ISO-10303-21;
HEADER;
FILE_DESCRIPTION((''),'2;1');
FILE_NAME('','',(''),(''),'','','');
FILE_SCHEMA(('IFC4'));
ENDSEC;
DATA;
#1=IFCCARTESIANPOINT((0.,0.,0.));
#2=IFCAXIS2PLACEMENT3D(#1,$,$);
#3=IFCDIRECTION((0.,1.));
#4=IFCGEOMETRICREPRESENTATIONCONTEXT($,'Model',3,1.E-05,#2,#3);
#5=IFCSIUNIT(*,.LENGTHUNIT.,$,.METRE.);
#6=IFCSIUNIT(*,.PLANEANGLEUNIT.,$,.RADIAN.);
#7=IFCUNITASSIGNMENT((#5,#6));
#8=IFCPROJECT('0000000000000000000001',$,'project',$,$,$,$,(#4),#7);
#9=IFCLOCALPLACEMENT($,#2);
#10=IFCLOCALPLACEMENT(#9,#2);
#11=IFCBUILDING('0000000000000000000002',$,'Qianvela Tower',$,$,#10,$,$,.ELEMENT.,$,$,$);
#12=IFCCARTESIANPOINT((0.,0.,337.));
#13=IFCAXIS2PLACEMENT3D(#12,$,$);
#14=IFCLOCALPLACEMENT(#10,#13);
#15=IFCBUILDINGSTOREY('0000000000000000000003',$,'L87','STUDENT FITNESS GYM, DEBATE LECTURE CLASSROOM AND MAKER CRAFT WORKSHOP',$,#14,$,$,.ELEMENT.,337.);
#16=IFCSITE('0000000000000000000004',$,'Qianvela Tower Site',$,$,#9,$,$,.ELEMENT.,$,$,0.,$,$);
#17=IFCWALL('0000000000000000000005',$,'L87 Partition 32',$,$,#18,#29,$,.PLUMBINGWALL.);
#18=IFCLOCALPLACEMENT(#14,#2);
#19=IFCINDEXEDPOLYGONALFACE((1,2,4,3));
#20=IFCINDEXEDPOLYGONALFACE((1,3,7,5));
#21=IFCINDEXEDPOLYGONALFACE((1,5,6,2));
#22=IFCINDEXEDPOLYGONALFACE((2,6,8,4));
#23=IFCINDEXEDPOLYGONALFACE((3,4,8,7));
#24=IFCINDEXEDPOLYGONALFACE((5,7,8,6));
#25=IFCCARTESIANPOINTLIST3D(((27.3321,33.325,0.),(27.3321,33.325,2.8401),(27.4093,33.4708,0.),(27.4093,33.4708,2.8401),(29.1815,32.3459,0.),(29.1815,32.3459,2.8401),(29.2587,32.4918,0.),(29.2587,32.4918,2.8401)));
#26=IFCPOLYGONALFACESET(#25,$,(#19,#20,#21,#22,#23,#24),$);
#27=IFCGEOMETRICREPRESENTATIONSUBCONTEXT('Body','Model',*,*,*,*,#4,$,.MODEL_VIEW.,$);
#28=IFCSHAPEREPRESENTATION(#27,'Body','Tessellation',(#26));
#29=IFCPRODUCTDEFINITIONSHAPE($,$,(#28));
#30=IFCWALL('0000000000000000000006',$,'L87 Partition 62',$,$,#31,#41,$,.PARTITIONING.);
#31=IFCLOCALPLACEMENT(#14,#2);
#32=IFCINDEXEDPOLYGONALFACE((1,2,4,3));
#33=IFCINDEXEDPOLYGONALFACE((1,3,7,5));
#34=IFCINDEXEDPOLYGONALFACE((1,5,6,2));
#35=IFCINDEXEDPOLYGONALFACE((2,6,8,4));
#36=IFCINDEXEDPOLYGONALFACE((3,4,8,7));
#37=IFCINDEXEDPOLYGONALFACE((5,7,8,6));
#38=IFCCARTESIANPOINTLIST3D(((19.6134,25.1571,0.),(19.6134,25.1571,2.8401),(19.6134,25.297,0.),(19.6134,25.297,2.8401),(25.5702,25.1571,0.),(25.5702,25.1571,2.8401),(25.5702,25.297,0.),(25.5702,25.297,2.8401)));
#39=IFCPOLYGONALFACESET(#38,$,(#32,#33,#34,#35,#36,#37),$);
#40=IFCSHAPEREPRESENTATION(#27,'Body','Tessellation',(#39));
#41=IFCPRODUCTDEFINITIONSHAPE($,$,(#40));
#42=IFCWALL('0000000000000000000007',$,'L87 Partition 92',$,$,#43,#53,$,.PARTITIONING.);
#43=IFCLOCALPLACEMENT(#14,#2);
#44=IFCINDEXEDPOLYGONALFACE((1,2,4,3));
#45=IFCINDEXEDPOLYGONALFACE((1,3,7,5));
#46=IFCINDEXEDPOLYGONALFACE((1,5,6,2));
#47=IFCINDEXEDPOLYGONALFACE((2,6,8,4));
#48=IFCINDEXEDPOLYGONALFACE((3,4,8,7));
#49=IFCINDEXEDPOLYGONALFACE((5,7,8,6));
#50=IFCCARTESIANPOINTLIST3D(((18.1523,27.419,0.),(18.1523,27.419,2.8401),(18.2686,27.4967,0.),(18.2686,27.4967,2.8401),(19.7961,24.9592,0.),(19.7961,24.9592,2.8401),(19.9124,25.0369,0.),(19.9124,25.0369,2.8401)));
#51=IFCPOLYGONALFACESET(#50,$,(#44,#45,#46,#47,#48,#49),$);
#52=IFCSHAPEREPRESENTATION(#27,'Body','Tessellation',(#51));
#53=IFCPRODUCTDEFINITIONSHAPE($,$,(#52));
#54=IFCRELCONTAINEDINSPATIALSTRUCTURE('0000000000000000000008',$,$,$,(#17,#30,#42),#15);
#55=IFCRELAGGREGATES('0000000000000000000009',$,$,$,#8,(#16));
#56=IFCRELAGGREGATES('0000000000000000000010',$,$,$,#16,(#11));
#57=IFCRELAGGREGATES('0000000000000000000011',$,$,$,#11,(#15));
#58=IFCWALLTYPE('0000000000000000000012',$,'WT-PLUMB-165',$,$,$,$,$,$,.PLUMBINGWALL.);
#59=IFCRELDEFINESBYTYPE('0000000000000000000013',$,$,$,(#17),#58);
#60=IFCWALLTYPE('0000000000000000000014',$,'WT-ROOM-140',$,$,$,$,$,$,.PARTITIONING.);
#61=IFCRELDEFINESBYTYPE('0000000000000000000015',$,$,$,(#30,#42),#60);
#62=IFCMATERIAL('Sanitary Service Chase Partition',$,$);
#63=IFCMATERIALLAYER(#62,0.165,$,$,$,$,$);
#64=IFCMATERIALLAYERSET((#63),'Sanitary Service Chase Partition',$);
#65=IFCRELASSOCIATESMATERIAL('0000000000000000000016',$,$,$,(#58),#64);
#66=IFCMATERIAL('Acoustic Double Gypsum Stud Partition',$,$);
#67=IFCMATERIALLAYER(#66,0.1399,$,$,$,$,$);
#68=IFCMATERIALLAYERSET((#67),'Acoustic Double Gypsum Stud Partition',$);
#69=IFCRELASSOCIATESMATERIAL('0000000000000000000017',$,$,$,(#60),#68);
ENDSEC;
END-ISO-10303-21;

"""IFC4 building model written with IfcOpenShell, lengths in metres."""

from ifc_helpers import new_model, si_unit, direction, frame, frame_2d, origin, place, context, subcontext, project, spatial, rectangle, extrude, material, layer, layer_set, type_object, element, save


model = new_model("IFC4")

# Units and contexts
model_context = context("Model", 3, precision=1e-05, world=origin(), true_north=direction((0.0, 1.0)))
body_context = subcontext(model_context, "Body", "Model", "MODEL_VIEW")
ifc_project = project(units=[si_unit("LENGTHUNIT", "METRE"), si_unit("PLANEANGLEUNIT", "RADIAN")], contexts=[model_context])

# Site, building, storey
site_placement = place(None, origin())
site = spatial("IfcSite", under=ifc_project, at=site_placement, Name="Qianvela Tower Site", CompositionType="ELEMENT", RefElevation=0.0)
building_placement = place(site_placement, origin())
building = spatial("IfcBuilding", under=site, at=building_placement, Name="Qianvela Tower", CompositionType="ELEMENT")
storey_placement = place(building_placement, frame((0.0, 0.0, 337.0)))
storey = spatial("IfcBuildingStorey", under=building, at=storey_placement, Name="L87", Description="STUDENT FITNESS GYM, DEBATE LECTURE CLASSROOM AND MAKER CRAFT WORKSHOP", CompositionType="ELEMENT", Elevation=337.0)

# Shared definitions
ifc_material_1 = material(Name="Sanitary Service Chase Partition")
ifc_layer_1 = layer(ifc_material_1, 0.165)
ifc_layer_set_1 = layer_set([ifc_layer_1], Name="Sanitary Service Chase Partition")
wall_type_1 = type_object("IfcWallType", Name="WT-PLUMB-165", PredefinedType="PLUMBINGWALL", material=ifc_layer_set_1)

# Walls
wall_1_placement = place(storey_placement, frame((27.3706, 33.3979, 0.0), z_axis=(0.0, 0.0, 1.0), x_axis=(0.883802, -0.467861, 0.0)))
element("IfcWall", 1, at=wall_1_placement, inside=storey, type_object=wall_type_1, Name="L87 Partition 32", PredefinedType="PLUMBINGWALL", context=body_context, shape_type="SweptSolid", body=[
    extrude(rectangle(XDim=2.0925, YDim=0.165, at=frame_2d((1.0464, 0.0))), origin(), (0.0, 0.0, 1.0), 2.8401),
])
ifc_material_2 = material(Name="Acoustic Double Gypsum Stud Partition")
ifc_layer_2 = layer(ifc_material_2, 0.1399)
ifc_layer_set_2 = layer_set([ifc_layer_2], Name="Acoustic Double Gypsum Stud Partition")
wall_type_2 = type_object("IfcWallType", Name="WT-ROOM-140", PredefinedType="PARTITIONING", material=ifc_layer_set_2)
wall_2_placement = place(storey_placement, frame((19.6133, 25.2271, 0.0), z_axis=(0.0, 0.0, 1.0), x_axis=(1.0, 0.0, 0.0)))
element("IfcWall", 2, at=wall_2_placement, inside=storey, type_object=wall_type_2, Name="L87 Partition 62", PredefinedType="PARTITIONING", context=body_context, shape_type="SweptSolid", body=[
    extrude(rectangle(XDim=5.9568, YDim=0.1399, at=frame_2d((2.9785, 0.0))), origin(), (0.0, 0.0, 1.0), 2.8401),
])
wall_3_placement = place(storey_placement, frame((19.8542, 24.998, 0.0), z_axis=(0.0, 0.0, 1.0), x_axis=(-0.555633, 0.831428, 0.0)))
element("IfcWall", 3, at=wall_3_placement, inside=storey, type_object=wall_type_2, Name="L87 Partition 92", PredefinedType="PARTITIONING", context=body_context, shape_type="SweptSolid", body=[
    extrude(rectangle(XDim=2.9585, YDim=0.1399, at=frame_2d((1.4792, 0.0))), origin(), (0.0, 0.0, 1.0), 2.8401),
])

save(model, "model.ifc")
